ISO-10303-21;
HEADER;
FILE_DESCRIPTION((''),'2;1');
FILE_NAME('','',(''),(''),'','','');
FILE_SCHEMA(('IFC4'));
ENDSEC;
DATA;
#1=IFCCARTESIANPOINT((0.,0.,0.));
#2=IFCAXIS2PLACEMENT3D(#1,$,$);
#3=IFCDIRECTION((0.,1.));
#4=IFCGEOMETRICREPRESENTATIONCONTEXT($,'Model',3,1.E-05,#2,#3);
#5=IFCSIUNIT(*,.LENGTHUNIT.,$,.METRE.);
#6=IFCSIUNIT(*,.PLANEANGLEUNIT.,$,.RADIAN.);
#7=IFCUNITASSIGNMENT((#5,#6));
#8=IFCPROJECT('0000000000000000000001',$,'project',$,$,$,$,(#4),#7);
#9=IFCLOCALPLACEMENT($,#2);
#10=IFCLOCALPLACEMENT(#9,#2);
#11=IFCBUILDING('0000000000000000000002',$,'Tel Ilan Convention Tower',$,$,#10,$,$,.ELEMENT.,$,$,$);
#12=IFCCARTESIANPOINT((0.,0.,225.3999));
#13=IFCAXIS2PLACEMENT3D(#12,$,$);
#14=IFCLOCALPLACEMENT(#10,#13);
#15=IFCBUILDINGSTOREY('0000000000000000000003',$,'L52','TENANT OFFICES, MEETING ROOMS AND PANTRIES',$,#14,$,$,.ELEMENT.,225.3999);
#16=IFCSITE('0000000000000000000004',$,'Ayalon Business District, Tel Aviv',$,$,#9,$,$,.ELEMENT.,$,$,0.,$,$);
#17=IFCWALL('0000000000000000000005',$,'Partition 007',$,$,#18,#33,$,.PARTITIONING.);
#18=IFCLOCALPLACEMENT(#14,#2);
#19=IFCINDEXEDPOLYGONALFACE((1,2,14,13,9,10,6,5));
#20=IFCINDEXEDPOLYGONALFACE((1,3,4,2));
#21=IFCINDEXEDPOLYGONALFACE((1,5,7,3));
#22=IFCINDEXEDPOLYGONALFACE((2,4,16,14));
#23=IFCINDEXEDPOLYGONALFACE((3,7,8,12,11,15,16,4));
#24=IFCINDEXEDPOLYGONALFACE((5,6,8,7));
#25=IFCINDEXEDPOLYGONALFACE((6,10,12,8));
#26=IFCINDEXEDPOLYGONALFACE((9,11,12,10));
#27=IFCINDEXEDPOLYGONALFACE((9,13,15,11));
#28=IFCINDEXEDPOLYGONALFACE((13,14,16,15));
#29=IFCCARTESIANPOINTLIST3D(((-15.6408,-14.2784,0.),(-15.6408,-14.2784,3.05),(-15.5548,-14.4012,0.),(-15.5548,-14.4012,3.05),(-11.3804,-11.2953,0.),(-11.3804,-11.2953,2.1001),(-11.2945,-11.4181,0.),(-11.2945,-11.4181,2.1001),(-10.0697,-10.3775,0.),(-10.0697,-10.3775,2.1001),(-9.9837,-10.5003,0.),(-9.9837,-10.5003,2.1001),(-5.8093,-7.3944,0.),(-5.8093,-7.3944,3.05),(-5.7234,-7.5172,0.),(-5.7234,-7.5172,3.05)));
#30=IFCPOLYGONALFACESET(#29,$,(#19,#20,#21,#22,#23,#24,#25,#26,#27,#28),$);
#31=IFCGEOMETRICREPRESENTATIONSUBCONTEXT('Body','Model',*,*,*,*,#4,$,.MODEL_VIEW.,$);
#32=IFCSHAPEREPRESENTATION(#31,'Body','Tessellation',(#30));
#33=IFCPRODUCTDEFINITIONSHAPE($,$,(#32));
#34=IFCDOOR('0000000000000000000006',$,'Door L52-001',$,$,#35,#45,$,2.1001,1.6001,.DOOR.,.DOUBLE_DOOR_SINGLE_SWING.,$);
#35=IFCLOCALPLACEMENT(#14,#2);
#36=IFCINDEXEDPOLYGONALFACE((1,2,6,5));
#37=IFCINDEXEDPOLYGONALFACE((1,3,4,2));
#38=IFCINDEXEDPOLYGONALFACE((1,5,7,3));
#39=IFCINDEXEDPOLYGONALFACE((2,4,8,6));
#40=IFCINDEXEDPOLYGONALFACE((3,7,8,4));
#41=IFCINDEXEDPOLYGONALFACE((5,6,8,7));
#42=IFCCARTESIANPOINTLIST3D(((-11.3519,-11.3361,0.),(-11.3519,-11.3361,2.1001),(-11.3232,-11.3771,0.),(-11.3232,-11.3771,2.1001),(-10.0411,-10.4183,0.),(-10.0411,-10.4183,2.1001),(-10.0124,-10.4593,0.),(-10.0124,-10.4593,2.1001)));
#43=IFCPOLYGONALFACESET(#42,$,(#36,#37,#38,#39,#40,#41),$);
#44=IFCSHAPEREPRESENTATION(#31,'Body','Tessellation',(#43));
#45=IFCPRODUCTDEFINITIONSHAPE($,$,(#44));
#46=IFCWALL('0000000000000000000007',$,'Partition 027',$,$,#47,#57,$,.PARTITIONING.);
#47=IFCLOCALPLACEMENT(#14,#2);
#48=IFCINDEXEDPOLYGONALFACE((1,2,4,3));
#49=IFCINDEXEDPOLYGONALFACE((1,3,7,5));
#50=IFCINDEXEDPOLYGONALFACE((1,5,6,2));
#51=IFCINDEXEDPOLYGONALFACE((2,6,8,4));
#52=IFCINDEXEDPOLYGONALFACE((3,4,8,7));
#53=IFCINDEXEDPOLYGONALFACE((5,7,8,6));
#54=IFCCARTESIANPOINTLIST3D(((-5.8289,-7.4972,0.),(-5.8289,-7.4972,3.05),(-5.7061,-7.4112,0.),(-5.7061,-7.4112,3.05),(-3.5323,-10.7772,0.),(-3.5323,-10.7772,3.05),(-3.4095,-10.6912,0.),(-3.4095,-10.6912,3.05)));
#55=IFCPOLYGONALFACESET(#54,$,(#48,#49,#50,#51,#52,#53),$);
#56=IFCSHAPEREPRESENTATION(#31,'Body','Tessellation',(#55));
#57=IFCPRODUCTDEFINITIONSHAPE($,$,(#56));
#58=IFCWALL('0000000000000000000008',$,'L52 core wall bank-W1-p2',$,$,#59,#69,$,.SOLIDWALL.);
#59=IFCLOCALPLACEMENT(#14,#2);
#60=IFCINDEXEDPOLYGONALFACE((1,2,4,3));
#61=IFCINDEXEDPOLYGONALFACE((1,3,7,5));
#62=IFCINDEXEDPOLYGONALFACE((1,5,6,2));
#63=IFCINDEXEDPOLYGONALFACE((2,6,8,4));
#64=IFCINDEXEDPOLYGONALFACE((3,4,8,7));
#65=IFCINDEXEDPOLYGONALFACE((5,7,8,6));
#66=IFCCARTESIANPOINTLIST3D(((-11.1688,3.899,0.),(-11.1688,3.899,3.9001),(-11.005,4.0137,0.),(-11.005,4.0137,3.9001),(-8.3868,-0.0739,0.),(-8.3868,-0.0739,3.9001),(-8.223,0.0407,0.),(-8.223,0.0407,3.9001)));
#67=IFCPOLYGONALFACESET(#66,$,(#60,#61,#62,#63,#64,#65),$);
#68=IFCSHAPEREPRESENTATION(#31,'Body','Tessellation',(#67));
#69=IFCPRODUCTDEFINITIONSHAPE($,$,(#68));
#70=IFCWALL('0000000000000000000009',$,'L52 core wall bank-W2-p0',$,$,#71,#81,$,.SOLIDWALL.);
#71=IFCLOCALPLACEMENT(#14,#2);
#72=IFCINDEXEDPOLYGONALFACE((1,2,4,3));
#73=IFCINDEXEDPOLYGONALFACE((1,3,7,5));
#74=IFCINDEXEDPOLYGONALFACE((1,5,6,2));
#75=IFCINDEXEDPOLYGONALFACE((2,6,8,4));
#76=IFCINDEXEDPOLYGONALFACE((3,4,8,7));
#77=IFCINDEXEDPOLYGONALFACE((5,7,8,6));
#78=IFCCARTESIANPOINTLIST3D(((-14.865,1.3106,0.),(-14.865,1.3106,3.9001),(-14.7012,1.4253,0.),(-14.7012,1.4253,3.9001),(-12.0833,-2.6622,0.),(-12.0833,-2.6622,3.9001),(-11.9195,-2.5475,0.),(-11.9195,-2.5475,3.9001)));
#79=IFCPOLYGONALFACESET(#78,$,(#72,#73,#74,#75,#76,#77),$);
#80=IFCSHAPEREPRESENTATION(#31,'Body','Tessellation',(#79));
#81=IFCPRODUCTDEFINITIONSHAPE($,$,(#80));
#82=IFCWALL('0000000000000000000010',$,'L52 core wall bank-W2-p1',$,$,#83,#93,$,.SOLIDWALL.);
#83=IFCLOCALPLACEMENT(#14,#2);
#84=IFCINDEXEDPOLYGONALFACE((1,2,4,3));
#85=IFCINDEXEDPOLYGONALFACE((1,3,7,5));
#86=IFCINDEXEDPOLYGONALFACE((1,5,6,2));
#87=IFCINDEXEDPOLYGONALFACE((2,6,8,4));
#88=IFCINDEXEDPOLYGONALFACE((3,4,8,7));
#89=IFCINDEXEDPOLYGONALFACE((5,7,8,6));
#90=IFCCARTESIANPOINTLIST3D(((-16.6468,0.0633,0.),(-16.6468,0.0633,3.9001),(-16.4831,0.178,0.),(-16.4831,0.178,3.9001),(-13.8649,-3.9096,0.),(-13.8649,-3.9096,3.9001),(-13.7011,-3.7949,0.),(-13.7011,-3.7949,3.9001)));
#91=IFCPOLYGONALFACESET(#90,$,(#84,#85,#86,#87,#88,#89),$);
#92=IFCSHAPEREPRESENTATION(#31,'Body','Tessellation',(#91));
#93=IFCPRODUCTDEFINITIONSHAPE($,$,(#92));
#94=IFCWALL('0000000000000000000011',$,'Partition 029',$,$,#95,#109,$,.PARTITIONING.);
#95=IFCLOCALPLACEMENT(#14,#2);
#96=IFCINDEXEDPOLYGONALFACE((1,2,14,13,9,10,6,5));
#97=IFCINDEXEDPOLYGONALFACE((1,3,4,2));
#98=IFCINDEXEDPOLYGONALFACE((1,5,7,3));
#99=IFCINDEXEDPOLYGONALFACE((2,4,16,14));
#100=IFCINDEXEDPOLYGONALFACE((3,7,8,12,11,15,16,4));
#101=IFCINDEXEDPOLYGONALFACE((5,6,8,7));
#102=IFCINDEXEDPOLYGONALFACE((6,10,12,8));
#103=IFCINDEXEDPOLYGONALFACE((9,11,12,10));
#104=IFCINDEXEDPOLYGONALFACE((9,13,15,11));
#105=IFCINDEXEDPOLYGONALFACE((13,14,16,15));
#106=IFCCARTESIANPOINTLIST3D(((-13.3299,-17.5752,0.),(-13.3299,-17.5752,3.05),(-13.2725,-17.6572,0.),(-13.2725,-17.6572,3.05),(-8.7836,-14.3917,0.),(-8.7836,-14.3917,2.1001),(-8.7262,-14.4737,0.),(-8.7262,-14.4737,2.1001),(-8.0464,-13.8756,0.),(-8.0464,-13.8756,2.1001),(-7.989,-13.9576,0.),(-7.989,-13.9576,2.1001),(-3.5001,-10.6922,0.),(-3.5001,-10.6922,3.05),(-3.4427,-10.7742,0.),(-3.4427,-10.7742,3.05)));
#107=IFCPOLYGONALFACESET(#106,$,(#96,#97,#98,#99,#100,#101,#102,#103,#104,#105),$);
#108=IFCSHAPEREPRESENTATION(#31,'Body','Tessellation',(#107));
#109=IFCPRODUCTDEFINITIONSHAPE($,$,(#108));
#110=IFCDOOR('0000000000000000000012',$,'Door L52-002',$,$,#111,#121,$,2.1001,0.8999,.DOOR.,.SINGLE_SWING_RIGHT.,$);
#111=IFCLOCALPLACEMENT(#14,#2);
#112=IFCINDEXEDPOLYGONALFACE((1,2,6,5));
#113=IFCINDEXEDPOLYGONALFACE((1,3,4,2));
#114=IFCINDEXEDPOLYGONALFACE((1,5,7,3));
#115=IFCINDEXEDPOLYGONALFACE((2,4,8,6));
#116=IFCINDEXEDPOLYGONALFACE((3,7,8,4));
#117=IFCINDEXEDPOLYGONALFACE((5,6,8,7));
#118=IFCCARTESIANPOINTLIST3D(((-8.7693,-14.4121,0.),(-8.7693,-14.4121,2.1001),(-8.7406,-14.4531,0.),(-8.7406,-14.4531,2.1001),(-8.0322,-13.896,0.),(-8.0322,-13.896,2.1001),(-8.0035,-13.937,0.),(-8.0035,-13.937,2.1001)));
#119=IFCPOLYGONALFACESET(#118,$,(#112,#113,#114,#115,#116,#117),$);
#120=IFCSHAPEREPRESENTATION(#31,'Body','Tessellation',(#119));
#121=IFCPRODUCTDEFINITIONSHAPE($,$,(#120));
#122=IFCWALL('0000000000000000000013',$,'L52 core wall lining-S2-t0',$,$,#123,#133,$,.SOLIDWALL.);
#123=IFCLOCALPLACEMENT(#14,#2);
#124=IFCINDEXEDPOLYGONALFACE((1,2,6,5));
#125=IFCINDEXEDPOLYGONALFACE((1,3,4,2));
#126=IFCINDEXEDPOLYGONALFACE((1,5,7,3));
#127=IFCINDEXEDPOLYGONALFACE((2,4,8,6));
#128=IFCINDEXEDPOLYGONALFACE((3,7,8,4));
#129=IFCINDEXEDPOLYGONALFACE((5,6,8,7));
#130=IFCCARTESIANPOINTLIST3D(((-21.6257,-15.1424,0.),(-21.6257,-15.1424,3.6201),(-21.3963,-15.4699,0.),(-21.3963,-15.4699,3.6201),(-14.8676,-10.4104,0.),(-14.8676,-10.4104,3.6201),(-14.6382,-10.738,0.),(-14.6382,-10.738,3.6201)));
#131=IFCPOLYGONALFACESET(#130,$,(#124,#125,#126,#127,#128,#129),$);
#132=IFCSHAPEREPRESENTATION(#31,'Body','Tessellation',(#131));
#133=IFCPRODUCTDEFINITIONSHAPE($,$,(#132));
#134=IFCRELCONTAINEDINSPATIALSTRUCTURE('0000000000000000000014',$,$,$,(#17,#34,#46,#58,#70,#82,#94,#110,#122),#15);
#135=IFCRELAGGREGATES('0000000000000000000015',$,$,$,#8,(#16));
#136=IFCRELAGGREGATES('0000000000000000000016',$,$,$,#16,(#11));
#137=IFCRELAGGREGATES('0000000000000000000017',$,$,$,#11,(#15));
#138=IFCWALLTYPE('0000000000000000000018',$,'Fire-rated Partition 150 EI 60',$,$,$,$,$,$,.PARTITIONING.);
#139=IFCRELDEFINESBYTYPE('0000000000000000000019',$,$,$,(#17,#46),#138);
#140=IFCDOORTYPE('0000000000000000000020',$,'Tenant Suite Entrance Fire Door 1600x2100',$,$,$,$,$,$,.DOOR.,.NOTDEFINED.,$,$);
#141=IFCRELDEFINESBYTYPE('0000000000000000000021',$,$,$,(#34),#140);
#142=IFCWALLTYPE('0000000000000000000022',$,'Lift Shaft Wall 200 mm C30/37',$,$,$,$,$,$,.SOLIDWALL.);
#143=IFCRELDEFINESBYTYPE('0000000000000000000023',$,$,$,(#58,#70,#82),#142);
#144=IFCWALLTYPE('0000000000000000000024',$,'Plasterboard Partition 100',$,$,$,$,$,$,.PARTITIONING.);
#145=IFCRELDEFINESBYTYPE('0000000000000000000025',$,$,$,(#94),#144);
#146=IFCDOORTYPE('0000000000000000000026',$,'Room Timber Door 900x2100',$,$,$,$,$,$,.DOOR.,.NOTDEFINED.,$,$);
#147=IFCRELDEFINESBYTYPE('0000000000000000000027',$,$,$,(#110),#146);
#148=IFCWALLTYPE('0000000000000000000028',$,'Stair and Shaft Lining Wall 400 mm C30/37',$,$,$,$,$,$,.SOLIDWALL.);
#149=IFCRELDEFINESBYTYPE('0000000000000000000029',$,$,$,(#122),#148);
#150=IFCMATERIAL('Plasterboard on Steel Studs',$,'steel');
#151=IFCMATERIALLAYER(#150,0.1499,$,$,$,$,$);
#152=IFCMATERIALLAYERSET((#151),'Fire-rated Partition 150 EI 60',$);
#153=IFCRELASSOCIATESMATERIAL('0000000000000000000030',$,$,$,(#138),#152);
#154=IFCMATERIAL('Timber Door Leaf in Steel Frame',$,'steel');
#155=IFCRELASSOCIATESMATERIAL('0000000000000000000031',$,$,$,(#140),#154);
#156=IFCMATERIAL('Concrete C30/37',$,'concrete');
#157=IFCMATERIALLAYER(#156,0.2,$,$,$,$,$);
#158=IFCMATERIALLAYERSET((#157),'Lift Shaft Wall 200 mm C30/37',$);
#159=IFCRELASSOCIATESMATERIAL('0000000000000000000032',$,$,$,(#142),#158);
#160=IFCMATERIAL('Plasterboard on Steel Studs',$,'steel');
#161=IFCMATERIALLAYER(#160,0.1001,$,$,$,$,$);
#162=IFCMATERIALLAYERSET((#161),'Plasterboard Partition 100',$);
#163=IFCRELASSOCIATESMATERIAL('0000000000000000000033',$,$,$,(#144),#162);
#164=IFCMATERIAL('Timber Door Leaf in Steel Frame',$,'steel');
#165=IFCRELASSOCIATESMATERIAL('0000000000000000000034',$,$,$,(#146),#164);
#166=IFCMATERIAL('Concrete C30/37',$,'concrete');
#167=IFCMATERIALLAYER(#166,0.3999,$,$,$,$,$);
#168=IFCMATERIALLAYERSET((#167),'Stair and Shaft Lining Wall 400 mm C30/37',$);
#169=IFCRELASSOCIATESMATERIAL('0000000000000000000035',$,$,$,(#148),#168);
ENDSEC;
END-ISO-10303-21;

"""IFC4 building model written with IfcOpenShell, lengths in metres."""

from ifc_helpers import new_model, si_unit, direction, frame, frame_2d, origin, place, context, subcontext, project, spatial, rectangle, extrude, material, layer, layer_set, type_object, element, fill, save


model = new_model("IFC4")

# Units and contexts
model_context = context("Model", 3, precision=1e-05, world=origin(), true_north=direction((0.0, 1.0)))
body_context = subcontext(model_context, "Body", "Model", "MODEL_VIEW")
ifc_project = project(units=[si_unit("LENGTHUNIT", "METRE"), si_unit("PLANEANGLEUNIT", "RADIAN")], contexts=[model_context])

# Site, building, storey
site_placement = place(None, origin())
site = spatial("IfcSite", under=ifc_project, at=site_placement, Name="Ayalon Business District, Tel Aviv", CompositionType="ELEMENT", RefElevation=0.0)
building_placement = place(site_placement, origin())
building = spatial("IfcBuilding", under=site, at=building_placement, Name="Tel Ilan Convention Tower", CompositionType="ELEMENT")
storey_placement = place(building_placement, frame((0.0, 0.0, 225.3999)))
storey = spatial("IfcBuildingStorey", under=building, at=storey_placement, Name="L52", Description="TENANT OFFICES, MEETING ROOMS AND PANTRIES", CompositionType="ELEMENT", Elevation=225.3999)

# Wall, opening, door
ifc_material_1 = material(Name="Plasterboard on Steel Studs", Category="steel")
ifc_layer_1 = layer(ifc_material_1, 0.1499)
ifc_layer_set_1 = layer_set([ifc_layer_1], Name="Fire-rated Partition 150 EI 60")
wall_type_1 = type_object("IfcWallType", Name="Fire-rated Partition 150 EI 60", PredefinedType="PARTITIONING", material=ifc_layer_set_1)
wall_1_placement = place(storey_placement, frame((-5.7664, -7.4558, 0.0), z_axis=(0.0, 0.0, 1.0), x_axis=(-0.819155, -0.573572, 0.0)))
wall_1 = element("IfcWall", 1, at=wall_1_placement, inside=storey, type_object=wall_type_1, Name="Partition 007", PredefinedType="PARTITIONING", context=body_context, shape_type="SweptSolid", body=[
    extrude(rectangle(XDim=12.002, YDim=0.1499, at=frame_2d((6.001, 0.0))), origin(), (0.0, 0.0, 1.0), 3.05),
])
opening_1_placement = place(wall_1_placement, frame((5.2009, 0.0, 0.0)))
opening_1 = element("IfcOpeningElement", 2, at=opening_1_placement, cuts=wall_1, PredefinedType="OPENING", context=body_context, shape_type="SweptSolid", body=[
    extrude(rectangle(XDim=1.6001, YDim=2.1001, at=frame_2d((0.8, 1.05))), frame((0.0, 0.085, 0.0), z_axis=(0.0, -1.0, 0.0), x_axis=(1.0, 0.0, 0.0)), (0.0, 0.0, 1.0), 0.1699),
])
ifc_material_2 = material(Name="Timber Door Leaf in Steel Frame", Category="steel")
door_type_1 = type_object("IfcDoorType", Name="Tenant Suite Entrance Fire Door 1600x2100", OperationType="NOTDEFINED", PredefinedType="DOOR", material=ifc_material_2)
door_1_placement = place(opening_1_placement, origin())
door_1 = element("IfcDoor", 3, at=door_1_placement, inside=storey, type_object=door_type_1, Name="Door L52-001", OperationType="DOUBLE_DOOR_SINGLE_SWING", OverallHeight=2.1001, OverallWidth=1.6001, PredefinedType="DOOR", context=body_context, shape_type="SweptSolid", body=[
    extrude(rectangle(XDim=1.6001, YDim=2.1001, at=frame_2d((0.8, 1.05))), frame((0.0, 0.0249, 0.0), z_axis=(0.0, -1.0, 0.0), x_axis=(1.0, 0.0, 0.0)), (0.0, 0.0, 1.0), 0.05),
])
fill(opening_1, door_1)

# Walls
wall_2_placement = place(storey_placement, frame((-3.4709, -10.7341, 0.0), z_axis=(0.0, 0.0, 1.0), x_axis=(-0.573565, 0.81916, 0.0)))
element("IfcWall", 4, at=wall_2_placement, inside=storey, type_object=wall_type_1, Name="Partition 027", PredefinedType="PARTITIONING", context=body_context, shape_type="SweptSolid", body=[
    extrude(rectangle(XDim=4.0042, YDim=0.1499, at=frame_2d((2.002, 0.0))), origin(), (0.0, 0.0, 1.0), 3.05),
])
ifc_material_3 = material(Name="Concrete C30/37", Category="concrete")
ifc_layer_2 = layer(ifc_material_3, 0.2)
ifc_layer_set_2 = layer_set([ifc_layer_2], Name="Lift Shaft Wall 200 mm C30/37")
wall_type_2 = type_object("IfcWallType", Name="Lift Shaft Wall 200 mm C30/37", PredefinedType="SOLIDWALL", material=ifc_layer_set_2)
wall_3_placement = place(storey_placement, frame((-8.3049, -0.0166, 0.0), z_axis=(0.0, 0.0, 1.0), x_axis=(-0.573594, 0.81914, 0.0)))
element("IfcWall", 5, at=wall_3_placement, inside=storey, type_object=wall_type_2, Name="L52 core wall bank-W1-p2", PredefinedType="SOLIDWALL", context=body_context, shape_type="SweptSolid", body=[
    extrude(rectangle(XDim=4.8501, YDim=0.2, at=frame_2d((2.425, 0.0))), origin(), (0.0, 0.0, 1.0), 3.9001),
])
wall_4_placement = place(storey_placement, frame((-12.0015, -2.6047, 0.0), z_axis=(0.0, 0.0, 1.0), x_axis=(-0.57356, 0.819163, 0.0)))
element("IfcWall", 6, at=wall_4_placement, inside=storey, type_object=wall_type_2, Name="L52 core wall bank-W2-p0", PredefinedType="SOLIDWALL", context=body_context, shape_type="SweptSolid", body=[
    extrude(rectangle(XDim=4.8499, YDim=0.2, at=frame_2d((2.4248, 0.0))), origin(), (0.0, 0.0, 1.0), 3.9001),
])
wall_5_placement = place(storey_placement, frame((-13.783, -3.8523, 0.0), z_axis=(0.0, 0.0, 1.0), x_axis=(-0.573594, 0.81914, 0.0)))
element("IfcWall", 7, at=wall_5_placement, inside=storey, type_object=wall_type_2, Name="L52 core wall bank-W2-p1", PredefinedType="SOLIDWALL", context=body_context, shape_type="SweptSolid", body=[
    extrude(rectangle(XDim=4.8501, YDim=0.2, at=frame_2d((2.425, 0.0))), origin(), (0.0, 0.0, 1.0), 3.9001),
])

# Wall, opening, door
ifc_material_4 = material(Name="Plasterboard on Steel Studs", Category="steel")
ifc_layer_3 = layer(ifc_material_4, 0.1001)
ifc_layer_set_3 = layer_set([ifc_layer_3], Name="Plasterboard Partition 100")
wall_type_3 = type_object("IfcWallType", Name="Plasterboard Partition 100", PredefinedType="PARTITIONING", material=ifc_layer_set_3)
wall_6_placement = place(storey_placement, frame((-3.4714, -10.7332, 0.0), z_axis=(0.0, 0.0, 1.0), x_axis=(-0.819147, -0.573584, 0.0)))
wall_6 = element("IfcWall", 8, at=wall_6_placement, inside=storey, type_object=wall_type_3, Name="Partition 029", PredefinedType="PARTITIONING", context=body_context, shape_type="SweptSolid", body=[
    extrude(rectangle(XDim=12.0, YDim=0.1001, at=frame_2d((6.0, 0.0))), origin(), (0.0, 0.0, 1.0), 3.05),
])
opening_2_placement = place(wall_6_placement, frame((5.55, 0.0, 0.0)))
opening_2 = element("IfcOpeningElement", 9, at=opening_2_placement, cuts=wall_6, PredefinedType="OPENING", context=body_context, shape_type="SweptSolid", body=[
    extrude(rectangle(XDim=0.8999, YDim=2.1001, at=frame_2d((0.45, 1.05))), frame((0.0, 0.0601, 0.0), z_axis=(0.0, -1.0, 0.0), x_axis=(1.0, 0.0, 0.0)), (0.0, 0.0, 1.0), 0.1201),
])
ifc_material_5 = material(Name="Timber Door Leaf in Steel Frame", Category="steel")
door_type_2 = type_object("IfcDoorType", Name="Room Timber Door 900x2100", OperationType="NOTDEFINED", PredefinedType="DOOR", material=ifc_material_5)
door_2_placement = place(opening_2_placement, origin())
door_2 = element("IfcDoor", 10, at=door_2_placement, inside=storey, type_object=door_type_2, Name="Door L52-002", OperationType="SINGLE_SWING_RIGHT", OverallHeight=2.1001, OverallWidth=0.8999, PredefinedType="DOOR", context=body_context, shape_type="SweptSolid", body=[
    extrude(rectangle(XDim=0.8999, YDim=2.1001, at=frame_2d((0.45, 1.05))), frame((0.0, 0.0249, 0.0), z_axis=(0.0, -1.0, 0.0), x_axis=(1.0, 0.0, 0.0)), (0.0, 0.0, 1.0), 0.05),
])
fill(opening_2, door_2)

# Wall
ifc_material_6 = material(Name="Concrete C30/37", Category="concrete")
ifc_layer_4 = layer(ifc_material_6, 0.3999)
ifc_layer_set_4 = layer_set([ifc_layer_4], Name="Stair and Shaft Lining Wall 400 mm C30/37")
wall_type_4 = type_object("IfcWallType", Name="Stair and Shaft Lining Wall 400 mm C30/37", PredefinedType="SOLIDWALL", material=ifc_layer_set_4)
wall_7_placement = place(storey_placement, frame((-14.7529, -10.5742, 0.0), z_axis=(0.0, 0.0, 1.0), x_axis=(-0.819158, -0.573568, 0.0)))
element("IfcWall", 11, at=wall_7_placement, inside=storey, type_object=wall_type_4, Name="L52 core wall lining-S2-t0", PredefinedType="SOLIDWALL", context=body_context, shape_type="SweptSolid", body=[
    extrude(rectangle(XDim=8.25, YDim=0.3999, at=frame_2d((4.125, 0.0))), origin(), (0.0, 0.0, 1.0), 3.6201),
])

save(model, "model.ifc")
